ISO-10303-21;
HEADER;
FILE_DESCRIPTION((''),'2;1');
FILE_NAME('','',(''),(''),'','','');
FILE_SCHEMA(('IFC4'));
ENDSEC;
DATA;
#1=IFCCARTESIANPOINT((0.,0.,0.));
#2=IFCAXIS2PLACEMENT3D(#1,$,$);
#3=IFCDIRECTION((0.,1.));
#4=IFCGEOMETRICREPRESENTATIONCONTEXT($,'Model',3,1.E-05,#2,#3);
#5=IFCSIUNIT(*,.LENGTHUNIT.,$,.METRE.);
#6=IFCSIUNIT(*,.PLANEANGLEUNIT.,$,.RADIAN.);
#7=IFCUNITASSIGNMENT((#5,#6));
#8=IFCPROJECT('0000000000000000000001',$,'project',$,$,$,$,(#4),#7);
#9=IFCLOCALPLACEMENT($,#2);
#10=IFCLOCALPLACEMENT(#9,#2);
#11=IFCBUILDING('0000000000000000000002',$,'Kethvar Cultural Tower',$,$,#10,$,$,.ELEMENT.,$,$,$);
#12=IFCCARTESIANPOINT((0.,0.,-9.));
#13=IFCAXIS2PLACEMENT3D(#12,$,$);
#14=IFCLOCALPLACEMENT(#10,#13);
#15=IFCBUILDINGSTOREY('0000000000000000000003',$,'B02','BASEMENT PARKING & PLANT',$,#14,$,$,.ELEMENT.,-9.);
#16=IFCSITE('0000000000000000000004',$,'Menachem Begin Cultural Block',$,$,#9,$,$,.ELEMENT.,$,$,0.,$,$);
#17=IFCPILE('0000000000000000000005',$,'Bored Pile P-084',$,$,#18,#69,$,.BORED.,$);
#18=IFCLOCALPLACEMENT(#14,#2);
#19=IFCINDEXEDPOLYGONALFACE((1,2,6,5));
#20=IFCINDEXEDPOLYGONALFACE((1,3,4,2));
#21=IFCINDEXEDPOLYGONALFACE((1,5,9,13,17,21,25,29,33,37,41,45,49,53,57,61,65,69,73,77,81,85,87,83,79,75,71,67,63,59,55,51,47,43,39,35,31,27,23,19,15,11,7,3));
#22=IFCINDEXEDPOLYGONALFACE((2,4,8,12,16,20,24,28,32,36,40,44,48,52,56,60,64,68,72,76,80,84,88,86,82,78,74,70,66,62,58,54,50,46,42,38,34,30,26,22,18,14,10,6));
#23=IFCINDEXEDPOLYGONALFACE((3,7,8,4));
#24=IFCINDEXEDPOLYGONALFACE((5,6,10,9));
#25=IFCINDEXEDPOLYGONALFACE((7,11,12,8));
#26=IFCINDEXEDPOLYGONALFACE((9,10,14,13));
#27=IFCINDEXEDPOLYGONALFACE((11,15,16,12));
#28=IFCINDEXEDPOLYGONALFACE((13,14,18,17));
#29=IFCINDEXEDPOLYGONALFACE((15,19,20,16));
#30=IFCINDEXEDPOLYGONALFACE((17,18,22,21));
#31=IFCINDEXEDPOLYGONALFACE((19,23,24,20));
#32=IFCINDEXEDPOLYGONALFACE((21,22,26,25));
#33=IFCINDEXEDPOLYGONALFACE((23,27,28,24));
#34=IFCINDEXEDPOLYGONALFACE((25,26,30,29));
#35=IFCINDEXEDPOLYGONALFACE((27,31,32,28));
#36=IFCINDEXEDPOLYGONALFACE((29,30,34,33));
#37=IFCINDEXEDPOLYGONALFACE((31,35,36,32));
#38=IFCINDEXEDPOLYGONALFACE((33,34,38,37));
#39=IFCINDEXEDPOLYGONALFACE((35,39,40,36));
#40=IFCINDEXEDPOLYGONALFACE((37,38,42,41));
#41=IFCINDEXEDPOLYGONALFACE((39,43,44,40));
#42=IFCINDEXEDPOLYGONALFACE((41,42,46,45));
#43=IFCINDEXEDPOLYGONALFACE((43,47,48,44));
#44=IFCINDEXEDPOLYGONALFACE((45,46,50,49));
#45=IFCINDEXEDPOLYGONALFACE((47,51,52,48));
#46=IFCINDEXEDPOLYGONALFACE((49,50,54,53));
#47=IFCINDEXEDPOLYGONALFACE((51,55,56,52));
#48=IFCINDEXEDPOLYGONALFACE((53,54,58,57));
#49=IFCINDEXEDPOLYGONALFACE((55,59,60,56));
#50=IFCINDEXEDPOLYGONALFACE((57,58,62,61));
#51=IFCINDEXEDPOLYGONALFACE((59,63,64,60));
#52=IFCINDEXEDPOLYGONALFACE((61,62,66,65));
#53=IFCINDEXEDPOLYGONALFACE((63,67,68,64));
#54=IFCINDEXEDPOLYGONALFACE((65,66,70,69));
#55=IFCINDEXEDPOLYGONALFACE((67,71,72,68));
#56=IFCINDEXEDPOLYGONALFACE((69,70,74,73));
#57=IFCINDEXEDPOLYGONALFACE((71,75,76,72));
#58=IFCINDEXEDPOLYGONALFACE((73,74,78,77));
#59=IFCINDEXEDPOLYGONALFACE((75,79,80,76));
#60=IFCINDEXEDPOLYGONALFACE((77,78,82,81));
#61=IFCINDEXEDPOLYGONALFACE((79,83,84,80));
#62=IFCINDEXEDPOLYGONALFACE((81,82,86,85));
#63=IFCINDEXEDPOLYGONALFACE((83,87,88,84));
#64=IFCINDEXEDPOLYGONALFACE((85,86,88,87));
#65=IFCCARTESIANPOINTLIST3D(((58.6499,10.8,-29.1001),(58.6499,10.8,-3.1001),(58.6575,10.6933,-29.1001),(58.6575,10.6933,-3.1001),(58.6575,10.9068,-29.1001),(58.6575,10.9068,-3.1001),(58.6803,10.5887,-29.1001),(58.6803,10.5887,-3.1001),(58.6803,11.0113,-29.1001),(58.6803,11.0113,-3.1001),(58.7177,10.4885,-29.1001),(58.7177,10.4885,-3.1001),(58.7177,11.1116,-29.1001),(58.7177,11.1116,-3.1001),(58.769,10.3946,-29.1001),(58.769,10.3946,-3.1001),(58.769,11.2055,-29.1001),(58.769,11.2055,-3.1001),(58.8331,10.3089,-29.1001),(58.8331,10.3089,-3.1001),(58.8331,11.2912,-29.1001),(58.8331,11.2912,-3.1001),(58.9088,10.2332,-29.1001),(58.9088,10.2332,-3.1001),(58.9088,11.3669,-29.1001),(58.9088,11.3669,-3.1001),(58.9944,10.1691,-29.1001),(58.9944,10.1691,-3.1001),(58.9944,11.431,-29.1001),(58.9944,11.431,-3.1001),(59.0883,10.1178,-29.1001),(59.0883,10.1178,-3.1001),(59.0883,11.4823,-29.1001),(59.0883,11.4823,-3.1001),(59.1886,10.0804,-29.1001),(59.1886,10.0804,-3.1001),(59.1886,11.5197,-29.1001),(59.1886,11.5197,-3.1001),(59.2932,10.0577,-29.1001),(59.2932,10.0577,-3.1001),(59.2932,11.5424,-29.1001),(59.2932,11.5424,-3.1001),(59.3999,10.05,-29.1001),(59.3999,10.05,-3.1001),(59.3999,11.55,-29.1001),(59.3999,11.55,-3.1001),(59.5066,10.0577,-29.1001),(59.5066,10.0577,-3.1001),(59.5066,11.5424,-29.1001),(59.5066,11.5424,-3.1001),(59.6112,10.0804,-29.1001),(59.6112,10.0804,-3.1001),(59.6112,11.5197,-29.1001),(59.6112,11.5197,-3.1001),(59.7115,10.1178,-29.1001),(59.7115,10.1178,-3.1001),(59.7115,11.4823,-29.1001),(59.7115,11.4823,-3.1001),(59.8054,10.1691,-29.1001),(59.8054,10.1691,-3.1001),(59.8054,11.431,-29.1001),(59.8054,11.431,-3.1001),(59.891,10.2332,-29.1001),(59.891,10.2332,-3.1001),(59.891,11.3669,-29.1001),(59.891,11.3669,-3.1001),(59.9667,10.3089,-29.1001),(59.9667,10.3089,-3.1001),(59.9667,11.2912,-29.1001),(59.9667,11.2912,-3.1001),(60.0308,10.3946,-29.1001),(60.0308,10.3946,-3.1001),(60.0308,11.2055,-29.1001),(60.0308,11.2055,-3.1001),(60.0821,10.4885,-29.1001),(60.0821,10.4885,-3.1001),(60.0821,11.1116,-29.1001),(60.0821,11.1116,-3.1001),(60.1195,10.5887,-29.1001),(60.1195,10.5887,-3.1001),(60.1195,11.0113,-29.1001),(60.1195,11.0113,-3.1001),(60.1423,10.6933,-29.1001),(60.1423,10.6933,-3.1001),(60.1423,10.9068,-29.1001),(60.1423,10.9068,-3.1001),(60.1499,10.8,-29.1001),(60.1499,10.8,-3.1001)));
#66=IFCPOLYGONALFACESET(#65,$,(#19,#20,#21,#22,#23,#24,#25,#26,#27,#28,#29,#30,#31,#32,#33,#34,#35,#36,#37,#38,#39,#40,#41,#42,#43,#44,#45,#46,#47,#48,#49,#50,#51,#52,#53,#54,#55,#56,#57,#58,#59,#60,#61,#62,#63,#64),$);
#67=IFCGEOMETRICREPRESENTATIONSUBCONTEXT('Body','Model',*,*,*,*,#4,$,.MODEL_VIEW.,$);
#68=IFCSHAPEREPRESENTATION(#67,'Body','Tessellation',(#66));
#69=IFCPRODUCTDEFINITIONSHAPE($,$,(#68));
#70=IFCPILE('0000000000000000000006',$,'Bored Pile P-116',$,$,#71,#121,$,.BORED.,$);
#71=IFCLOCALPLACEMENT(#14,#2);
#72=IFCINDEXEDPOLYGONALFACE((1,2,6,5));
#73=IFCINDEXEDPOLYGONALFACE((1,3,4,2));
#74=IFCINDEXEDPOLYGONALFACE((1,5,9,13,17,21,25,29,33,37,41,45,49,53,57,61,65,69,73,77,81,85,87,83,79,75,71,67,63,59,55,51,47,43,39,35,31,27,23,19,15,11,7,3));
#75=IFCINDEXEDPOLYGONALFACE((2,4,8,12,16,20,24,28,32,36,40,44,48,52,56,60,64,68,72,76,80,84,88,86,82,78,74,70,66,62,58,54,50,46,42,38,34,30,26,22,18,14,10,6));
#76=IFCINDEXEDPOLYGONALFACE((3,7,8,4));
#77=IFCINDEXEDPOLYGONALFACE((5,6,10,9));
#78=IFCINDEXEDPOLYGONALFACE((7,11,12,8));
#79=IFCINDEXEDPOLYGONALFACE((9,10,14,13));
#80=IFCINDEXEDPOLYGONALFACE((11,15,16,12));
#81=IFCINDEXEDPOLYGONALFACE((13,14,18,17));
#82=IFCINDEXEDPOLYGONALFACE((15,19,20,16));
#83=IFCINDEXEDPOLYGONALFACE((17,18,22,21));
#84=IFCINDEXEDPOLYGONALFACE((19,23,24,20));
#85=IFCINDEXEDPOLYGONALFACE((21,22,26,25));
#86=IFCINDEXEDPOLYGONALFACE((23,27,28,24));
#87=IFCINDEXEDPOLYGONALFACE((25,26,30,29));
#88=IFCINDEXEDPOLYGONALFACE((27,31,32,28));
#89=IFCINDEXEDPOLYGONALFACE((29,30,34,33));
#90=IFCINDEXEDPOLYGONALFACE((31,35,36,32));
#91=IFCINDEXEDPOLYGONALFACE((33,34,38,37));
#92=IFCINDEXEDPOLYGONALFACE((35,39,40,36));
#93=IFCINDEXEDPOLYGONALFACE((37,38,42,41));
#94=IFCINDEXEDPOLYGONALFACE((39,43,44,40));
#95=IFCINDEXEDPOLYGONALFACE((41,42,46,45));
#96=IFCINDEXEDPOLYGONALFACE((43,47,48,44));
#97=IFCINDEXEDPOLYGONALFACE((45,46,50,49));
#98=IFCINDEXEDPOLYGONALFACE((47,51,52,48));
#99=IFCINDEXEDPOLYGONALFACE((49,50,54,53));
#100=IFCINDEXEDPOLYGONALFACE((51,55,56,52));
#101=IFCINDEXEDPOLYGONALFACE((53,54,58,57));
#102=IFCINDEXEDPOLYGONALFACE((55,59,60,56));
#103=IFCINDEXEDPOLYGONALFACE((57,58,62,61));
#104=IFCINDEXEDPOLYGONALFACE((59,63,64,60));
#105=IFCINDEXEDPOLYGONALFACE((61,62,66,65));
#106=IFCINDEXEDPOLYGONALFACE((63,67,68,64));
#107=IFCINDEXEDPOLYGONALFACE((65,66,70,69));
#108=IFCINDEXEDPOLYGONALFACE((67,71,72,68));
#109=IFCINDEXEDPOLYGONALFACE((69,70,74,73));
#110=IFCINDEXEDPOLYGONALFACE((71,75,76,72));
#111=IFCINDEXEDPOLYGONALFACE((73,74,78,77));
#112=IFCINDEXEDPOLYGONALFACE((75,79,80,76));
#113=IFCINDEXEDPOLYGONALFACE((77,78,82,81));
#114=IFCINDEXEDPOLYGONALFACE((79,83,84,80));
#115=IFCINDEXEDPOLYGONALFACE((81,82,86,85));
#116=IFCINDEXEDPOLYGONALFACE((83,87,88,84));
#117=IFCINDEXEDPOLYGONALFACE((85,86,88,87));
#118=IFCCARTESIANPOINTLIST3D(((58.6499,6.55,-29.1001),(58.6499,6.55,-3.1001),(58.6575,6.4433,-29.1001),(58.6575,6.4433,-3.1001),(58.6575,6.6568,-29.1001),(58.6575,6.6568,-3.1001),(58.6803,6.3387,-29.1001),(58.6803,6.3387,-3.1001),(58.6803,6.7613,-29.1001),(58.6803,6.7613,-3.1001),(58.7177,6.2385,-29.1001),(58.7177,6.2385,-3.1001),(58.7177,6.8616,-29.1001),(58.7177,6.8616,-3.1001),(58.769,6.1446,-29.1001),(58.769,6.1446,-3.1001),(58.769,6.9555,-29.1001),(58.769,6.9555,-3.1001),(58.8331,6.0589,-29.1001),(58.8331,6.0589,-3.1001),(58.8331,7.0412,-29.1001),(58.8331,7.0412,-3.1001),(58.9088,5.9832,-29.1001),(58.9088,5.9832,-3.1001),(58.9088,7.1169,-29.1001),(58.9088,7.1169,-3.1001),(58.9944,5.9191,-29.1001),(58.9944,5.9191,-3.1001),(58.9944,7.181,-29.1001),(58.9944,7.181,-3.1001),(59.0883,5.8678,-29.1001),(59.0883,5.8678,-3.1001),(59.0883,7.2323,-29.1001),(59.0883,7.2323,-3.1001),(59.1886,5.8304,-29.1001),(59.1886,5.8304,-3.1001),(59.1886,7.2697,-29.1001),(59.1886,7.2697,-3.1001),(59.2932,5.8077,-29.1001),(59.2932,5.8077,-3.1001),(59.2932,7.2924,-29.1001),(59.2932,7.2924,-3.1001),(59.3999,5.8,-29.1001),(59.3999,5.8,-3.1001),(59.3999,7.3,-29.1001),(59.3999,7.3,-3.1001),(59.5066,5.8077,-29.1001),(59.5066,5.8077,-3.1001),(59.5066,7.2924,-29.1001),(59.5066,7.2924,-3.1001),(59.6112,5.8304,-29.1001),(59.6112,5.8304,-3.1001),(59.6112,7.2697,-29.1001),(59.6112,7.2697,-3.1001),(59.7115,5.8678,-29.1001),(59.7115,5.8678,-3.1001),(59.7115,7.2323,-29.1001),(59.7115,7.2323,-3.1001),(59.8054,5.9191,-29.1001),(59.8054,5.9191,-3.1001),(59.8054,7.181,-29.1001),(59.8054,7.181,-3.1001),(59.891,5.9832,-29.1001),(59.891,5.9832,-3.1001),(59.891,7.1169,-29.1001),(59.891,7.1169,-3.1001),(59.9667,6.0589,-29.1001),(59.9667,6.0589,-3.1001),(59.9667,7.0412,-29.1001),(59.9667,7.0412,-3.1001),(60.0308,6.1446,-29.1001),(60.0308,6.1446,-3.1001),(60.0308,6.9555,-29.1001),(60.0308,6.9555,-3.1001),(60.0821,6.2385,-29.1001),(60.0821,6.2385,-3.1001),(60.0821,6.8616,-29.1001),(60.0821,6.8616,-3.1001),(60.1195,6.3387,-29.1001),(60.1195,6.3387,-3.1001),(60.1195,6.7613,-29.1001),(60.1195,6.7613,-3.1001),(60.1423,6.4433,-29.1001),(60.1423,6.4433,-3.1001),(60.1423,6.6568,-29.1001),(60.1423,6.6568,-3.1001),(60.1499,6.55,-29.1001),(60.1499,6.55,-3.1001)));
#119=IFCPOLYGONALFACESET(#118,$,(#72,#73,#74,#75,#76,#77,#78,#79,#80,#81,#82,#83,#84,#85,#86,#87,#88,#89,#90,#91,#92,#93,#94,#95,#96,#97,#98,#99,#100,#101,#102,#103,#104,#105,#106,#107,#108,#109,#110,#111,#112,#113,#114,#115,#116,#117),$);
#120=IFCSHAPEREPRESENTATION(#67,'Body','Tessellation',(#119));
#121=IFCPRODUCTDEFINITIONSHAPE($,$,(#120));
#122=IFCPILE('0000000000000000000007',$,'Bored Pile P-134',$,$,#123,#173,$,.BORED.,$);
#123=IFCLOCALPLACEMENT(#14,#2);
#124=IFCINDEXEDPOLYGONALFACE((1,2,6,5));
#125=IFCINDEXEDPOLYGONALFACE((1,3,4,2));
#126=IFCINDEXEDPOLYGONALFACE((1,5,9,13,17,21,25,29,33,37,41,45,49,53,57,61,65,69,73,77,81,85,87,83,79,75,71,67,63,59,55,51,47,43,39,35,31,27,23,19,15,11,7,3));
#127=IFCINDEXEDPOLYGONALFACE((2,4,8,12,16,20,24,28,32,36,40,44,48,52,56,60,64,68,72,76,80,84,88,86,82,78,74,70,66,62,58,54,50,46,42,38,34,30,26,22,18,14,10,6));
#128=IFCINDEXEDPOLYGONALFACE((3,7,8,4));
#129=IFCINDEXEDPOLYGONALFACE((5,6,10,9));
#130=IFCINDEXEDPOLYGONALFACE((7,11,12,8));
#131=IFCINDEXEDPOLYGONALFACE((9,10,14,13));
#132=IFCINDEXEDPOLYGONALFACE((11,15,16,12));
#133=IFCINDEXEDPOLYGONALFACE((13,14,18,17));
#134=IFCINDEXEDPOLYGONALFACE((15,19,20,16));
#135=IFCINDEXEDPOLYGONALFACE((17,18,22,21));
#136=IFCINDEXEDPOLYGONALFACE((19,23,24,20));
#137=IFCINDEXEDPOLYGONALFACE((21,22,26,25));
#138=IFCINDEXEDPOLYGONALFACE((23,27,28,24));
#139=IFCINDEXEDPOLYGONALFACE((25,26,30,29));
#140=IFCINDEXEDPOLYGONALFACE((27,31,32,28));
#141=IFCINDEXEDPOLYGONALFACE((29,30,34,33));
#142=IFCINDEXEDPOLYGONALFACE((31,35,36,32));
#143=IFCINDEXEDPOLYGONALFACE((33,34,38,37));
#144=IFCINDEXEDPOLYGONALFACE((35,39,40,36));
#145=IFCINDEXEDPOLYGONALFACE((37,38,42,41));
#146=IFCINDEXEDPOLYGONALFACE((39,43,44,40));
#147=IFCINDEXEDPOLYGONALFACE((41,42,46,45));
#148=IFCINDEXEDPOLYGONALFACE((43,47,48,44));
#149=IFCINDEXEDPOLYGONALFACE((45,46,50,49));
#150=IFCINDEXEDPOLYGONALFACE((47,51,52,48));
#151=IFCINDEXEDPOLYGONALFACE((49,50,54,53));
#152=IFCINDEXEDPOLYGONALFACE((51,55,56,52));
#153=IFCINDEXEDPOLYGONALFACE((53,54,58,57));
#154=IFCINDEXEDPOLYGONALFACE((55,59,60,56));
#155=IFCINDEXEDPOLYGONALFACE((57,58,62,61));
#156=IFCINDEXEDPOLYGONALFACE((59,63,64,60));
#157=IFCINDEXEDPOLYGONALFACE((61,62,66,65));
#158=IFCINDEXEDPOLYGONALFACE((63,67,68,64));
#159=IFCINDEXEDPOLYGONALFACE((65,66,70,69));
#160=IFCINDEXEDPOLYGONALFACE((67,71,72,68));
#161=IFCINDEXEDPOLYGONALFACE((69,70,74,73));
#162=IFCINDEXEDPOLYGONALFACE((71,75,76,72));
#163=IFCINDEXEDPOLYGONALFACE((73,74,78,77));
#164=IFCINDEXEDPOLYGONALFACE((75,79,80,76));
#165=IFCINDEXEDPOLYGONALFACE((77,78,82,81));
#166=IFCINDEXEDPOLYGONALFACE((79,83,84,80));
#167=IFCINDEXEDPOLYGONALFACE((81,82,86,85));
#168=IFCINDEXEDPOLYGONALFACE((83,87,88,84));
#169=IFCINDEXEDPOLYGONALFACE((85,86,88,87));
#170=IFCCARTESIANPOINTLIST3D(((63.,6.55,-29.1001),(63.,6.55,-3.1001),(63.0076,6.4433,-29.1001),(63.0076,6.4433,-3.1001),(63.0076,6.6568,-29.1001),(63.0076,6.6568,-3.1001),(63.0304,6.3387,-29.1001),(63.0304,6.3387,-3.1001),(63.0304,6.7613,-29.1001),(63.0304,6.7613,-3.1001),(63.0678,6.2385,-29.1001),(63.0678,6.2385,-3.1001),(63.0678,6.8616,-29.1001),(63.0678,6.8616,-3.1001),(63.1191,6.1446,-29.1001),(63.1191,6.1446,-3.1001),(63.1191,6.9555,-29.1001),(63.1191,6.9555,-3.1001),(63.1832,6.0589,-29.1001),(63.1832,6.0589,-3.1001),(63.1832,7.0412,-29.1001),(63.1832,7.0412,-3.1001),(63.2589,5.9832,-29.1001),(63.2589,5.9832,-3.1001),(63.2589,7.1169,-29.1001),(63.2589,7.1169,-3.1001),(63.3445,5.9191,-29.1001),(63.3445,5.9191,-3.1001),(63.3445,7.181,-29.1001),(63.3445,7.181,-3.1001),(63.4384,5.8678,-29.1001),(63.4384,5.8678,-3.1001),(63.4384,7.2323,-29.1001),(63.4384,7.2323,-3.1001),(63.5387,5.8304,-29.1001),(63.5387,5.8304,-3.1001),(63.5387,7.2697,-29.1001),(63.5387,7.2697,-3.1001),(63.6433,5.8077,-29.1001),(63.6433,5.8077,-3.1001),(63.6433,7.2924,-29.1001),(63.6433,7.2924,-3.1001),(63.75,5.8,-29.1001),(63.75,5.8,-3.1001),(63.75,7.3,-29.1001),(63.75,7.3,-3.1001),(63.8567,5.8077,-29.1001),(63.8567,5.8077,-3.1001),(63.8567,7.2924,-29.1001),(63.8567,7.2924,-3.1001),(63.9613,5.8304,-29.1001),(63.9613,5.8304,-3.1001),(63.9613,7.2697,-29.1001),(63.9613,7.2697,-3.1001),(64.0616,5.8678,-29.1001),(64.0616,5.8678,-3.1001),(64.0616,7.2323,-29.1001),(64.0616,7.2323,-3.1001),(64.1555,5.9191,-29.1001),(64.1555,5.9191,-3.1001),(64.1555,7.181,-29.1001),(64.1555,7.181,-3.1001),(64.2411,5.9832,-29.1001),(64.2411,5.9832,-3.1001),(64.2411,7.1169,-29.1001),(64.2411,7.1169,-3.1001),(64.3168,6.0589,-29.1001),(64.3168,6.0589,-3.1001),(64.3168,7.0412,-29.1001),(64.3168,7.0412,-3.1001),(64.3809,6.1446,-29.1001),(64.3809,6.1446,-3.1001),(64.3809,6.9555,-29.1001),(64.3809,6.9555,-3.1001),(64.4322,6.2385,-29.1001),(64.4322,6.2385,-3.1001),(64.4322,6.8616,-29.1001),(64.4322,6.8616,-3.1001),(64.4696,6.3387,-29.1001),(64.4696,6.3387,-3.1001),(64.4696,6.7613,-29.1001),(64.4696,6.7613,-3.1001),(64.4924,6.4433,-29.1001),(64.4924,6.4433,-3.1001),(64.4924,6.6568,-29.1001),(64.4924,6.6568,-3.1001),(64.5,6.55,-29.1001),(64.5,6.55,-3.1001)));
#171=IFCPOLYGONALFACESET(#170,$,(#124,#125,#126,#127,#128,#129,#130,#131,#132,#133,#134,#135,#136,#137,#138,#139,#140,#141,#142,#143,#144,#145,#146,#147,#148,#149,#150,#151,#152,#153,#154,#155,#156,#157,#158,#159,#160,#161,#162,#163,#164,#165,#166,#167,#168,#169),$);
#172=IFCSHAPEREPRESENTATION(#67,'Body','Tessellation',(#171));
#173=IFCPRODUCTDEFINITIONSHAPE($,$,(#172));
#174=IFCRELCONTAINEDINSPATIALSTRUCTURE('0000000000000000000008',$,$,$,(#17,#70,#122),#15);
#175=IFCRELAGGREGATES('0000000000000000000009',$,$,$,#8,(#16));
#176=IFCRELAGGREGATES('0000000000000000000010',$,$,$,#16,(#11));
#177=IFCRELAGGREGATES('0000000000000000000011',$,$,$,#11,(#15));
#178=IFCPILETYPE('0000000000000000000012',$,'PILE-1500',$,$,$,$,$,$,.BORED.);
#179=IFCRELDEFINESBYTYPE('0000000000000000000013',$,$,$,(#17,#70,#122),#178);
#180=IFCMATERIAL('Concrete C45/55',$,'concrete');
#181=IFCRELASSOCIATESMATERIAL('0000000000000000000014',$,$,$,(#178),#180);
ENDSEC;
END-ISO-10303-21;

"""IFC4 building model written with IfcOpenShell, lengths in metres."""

from ifc_helpers import new_model, si_unit, direction, frame, origin, origin_2d, place, context, subcontext, project, spatial, circle, extrude, source, transform, mapped, material, material_profile, profile_set, type_object, element, save


model = new_model("IFC4")

# Units and contexts
model_context = context("Model", 3, precision=1e-05, world=origin(), true_north=direction((0.0, 1.0)))
body_context = subcontext(model_context, "Body", "Model", "MODEL_VIEW")
ifc_project = project(units=[si_unit("LENGTHUNIT", "METRE"), si_unit("PLANEANGLEUNIT", "RADIAN")], contexts=[model_context])

# Site, building, storey
site_placement = place(None, origin())
site = spatial("IfcSite", under=ifc_project, at=site_placement, Name="Menachem Begin Cultural Block", CompositionType="ELEMENT", RefElevation=0.0)
building_placement = place(site_placement, origin())
building = spatial("IfcBuilding", under=site, at=building_placement, Name="Kethvar Cultural Tower", CompositionType="ELEMENT")
storey_placement = place(building_placement, frame((0.0, 0.0, -9.0)))
storey = spatial("IfcBuildingStorey", under=building, at=storey_placement, Name="B02", Description="BASEMENT PARKING & PLANT", CompositionType="ELEMENT", Elevation=-9.0)

# Piles
ifc_material_1 = material(Name="Concrete C45/55", Category="concrete")
ifc_material_profile_1 = material_profile(ifc_material_1, circle(Radius=0.75, at=origin_2d()), Name="Concrete C45/55 — PILE1500")
ifc_profile_set_1 = profile_set([ifc_material_profile_1], Name="Concrete C45/55 — PILE1500")
pile_type = type_object("IfcPileType", Name="PILE-1500", PredefinedType="BORED", material=ifc_profile_set_1)
shared_shape_1 = source(origin(), body_context, "Body", "SweptSolid", [
    extrude(circle(Radius=0.75, at=origin_2d()), origin(), (0.0, 0.0, 1.0), 26.0),
])
for number, where, z_axis, x_axis, name in (
    (1, (59.3999, 10.8, -3.1001), (0.0, 0.0, -1.0), (1.0, 0.0, 0.0), "Bored Pile P-084"),
    (2, (59.3999, 6.55, -3.1001), (0.0, 0.0, -1.0), (1.0, 0.0, 0.0), "Bored Pile P-116"),
    (3, (63.75, 6.55, -3.1001), (0.0, 0.0, -1.0), (1.0, 0.0, 0.0), "Bored Pile P-134"),
):
    element("IfcPile", number, at=place(storey_placement, frame(where, z_axis=z_axis, x_axis=x_axis)), inside=storey, type_object=pile_type, Name=name, PredefinedType="BORED", context=body_context, shape_type="MappedRepresentation", body=[
        mapped(shared_shape_1, transform((0.0, 0.0, 0.0), scale=1.0)),
    ])

save(model, "model.ifc")
